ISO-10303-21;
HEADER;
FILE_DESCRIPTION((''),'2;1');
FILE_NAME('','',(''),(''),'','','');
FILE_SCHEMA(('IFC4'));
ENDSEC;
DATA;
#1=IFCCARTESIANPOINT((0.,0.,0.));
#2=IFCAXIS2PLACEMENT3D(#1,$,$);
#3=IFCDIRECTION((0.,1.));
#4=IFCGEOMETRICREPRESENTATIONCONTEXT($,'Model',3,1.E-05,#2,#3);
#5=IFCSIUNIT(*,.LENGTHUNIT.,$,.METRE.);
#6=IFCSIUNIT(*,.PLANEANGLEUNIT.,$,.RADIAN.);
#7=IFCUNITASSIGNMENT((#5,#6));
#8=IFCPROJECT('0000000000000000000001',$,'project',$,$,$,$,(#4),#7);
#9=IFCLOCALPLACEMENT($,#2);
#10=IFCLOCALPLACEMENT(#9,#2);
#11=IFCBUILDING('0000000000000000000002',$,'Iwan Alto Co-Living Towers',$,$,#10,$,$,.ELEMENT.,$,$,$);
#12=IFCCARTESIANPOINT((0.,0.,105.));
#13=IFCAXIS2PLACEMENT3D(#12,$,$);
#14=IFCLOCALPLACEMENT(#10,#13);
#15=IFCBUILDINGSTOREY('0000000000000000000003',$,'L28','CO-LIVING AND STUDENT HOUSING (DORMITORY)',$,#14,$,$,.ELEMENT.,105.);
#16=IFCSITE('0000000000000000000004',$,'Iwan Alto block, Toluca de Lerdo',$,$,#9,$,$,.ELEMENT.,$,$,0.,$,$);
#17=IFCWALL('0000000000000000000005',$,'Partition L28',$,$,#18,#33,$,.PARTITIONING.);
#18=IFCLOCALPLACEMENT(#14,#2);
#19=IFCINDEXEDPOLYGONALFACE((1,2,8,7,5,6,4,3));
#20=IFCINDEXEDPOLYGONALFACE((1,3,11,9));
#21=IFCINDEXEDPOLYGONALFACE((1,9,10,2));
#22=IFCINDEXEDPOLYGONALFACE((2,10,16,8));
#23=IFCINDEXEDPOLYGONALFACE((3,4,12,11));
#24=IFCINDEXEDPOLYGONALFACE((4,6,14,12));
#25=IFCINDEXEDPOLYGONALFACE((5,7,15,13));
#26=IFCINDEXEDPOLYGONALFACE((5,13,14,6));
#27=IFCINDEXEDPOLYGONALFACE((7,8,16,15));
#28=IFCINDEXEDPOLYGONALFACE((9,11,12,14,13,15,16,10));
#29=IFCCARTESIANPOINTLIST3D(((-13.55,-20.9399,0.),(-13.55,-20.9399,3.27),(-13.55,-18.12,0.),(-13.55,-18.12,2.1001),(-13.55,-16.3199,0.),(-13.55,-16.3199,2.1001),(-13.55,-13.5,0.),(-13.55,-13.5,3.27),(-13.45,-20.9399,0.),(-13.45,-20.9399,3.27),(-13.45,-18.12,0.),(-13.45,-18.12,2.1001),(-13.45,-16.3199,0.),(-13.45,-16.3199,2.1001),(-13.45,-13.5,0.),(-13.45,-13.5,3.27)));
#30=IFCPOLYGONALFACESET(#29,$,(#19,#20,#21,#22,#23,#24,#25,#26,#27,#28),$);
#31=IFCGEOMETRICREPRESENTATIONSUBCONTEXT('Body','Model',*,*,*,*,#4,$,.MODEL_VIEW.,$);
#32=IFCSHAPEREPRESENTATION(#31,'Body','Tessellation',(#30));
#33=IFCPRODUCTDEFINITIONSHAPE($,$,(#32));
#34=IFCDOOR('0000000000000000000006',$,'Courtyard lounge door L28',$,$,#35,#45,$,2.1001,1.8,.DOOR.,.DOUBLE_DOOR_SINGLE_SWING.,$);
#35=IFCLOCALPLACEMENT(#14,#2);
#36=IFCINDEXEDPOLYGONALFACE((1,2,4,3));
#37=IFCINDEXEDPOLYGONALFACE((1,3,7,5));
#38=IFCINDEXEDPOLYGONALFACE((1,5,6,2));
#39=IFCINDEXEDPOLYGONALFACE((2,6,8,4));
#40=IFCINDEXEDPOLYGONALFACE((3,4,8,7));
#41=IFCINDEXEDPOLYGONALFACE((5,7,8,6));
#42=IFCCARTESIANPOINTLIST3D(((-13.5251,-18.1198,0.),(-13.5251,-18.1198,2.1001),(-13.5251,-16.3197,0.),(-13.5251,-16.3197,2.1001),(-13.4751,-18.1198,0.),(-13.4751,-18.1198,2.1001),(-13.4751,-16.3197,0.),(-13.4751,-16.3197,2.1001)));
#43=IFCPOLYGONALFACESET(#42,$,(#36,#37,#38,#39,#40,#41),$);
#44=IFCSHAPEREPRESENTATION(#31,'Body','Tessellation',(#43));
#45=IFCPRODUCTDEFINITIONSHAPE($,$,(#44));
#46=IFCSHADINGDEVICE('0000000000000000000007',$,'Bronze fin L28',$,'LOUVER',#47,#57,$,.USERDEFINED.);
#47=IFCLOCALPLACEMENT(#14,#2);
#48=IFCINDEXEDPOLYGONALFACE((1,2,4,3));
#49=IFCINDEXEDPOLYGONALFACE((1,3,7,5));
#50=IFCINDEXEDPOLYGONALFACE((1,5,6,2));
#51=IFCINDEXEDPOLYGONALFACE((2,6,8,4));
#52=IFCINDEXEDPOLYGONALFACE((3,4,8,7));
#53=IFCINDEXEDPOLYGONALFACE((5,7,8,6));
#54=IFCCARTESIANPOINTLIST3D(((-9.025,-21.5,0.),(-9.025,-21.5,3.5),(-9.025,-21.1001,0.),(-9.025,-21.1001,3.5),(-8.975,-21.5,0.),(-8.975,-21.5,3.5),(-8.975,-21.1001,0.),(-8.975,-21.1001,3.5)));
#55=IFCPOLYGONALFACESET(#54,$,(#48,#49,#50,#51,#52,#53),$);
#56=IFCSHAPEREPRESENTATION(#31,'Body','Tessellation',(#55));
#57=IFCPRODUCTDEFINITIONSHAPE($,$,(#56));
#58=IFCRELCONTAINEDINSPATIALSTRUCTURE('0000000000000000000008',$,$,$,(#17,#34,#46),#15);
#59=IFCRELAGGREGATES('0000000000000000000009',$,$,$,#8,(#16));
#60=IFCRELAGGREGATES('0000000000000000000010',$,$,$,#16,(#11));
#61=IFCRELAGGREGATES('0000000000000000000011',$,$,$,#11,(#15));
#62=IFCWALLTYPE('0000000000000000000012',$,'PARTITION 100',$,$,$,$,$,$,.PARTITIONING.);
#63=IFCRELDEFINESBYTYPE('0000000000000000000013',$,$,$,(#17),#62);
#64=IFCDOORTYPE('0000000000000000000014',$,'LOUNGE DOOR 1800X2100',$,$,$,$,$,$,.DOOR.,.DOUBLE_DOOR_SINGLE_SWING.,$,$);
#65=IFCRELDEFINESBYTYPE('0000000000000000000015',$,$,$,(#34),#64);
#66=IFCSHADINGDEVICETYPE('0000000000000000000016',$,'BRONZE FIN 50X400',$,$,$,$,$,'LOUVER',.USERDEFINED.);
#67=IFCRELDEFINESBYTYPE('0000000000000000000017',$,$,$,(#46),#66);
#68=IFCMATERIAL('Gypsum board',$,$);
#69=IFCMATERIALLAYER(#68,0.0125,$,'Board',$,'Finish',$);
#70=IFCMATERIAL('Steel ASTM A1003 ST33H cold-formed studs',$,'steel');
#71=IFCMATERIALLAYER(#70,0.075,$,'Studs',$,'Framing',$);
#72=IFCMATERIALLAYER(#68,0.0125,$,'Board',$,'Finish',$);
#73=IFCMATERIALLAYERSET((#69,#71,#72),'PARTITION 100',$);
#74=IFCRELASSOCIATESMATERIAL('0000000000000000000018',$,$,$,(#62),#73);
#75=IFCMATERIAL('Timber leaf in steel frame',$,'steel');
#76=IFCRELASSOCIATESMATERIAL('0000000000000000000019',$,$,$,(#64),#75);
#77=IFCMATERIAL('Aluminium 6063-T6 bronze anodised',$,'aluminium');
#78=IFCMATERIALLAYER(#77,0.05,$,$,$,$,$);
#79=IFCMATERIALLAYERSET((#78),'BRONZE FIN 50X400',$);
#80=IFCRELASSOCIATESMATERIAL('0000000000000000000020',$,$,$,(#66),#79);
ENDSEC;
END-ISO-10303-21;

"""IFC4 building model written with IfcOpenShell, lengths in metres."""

from ifc_helpers import new_model, si_unit, direction, frame, frame_2d, origin, origin_2d, place, context, subcontext, project, spatial, rectangle, extrude, material, layer, layer_set, type_object, element, fill, save


model = new_model("IFC4")

# Units and contexts
model_context = context("Model", 3, precision=1e-05, world=origin(), true_north=direction((0.0, 1.0)))
body_context = subcontext(model_context, "Body", "Model", "MODEL_VIEW")
ifc_project = project(units=[si_unit("LENGTHUNIT", "METRE"), si_unit("PLANEANGLEUNIT", "RADIAN")], contexts=[model_context])

# Site, building, storey
site_placement = place(None, origin())
site = spatial("IfcSite", under=ifc_project, at=site_placement, Name="Iwan Alto block, Toluca de Lerdo", CompositionType="ELEMENT", RefElevation=0.0)
building_placement = place(site_placement, origin())
building = spatial("IfcBuilding", under=site, at=building_placement, Name="Iwan Alto Co-Living Towers", CompositionType="ELEMENT")
storey_placement = place(building_placement, frame((0.0, 0.0, 105.0)))
storey = spatial("IfcBuildingStorey", under=building, at=storey_placement, Name="L28", Description="CO-LIVING AND STUDENT HOUSING (DORMITORY)", CompositionType="ELEMENT", Elevation=105.0)

# Shared definitions
ifc_material_1 = material(Name="Gypsum board")
ifc_layer_1 = layer(ifc_material_1, 0.0125, Name="Board", Category="Finish")
ifc_material_2 = material(Name="Steel ASTM A1003 ST33H cold-formed studs", Category="steel")
ifc_layer_2 = layer(ifc_material_2, 0.075, Name="Studs", Category="Framing")
ifc_layer_3 = layer(ifc_material_1, 0.0125, Name="Board", Category="Finish")
ifc_layer_set_1 = layer_set([ifc_layer_1, ifc_layer_2, ifc_layer_3], Name="PARTITION 100")
wall_type = type_object("IfcWallType", Name="PARTITION 100", PredefinedType="PARTITIONING", material=ifc_layer_set_1)

# Wall, opening, door
wall_1_placement = place(storey_placement, frame((-13.5, -20.9399, 0.0), z_axis=(0.0, 0.0, 1.0), x_axis=(0.0, 1.0, 0.0)))
wall_1 = element("IfcWall", 1, at=wall_1_placement, inside=storey, type_object=wall_type, Name="Partition L28", PredefinedType="PARTITIONING", context=body_context, shape_type="SweptSolid", body=[
    extrude(rectangle(XDim=7.4399, YDim=0.1001, at=frame_2d((3.72, 0.0))), origin(), (0.0, 0.0, 1.0), 3.27),
])
opening_1_placement = place(wall_1_placement, frame((2.8201, 0.0, 0.0)))
opening_1 = element("IfcOpeningElement", 2, at=opening_1_placement, cuts=wall_1, PredefinedType="OPENING", context=body_context, shape_type="SweptSolid", body=[
    extrude(rectangle(XDim=1.8, YDim=2.1001, at=frame_2d((0.8999, 1.05))), frame((0.0, 0.0601, 0.0), z_axis=(0.0, -1.0, 0.0), x_axis=(1.0, 0.0, 0.0)), (0.0, 0.0, 1.0), 0.1201),
])
ifc_material_3 = material(Name="Timber leaf in steel frame", Category="steel")
door_type_1 = type_object("IfcDoorType", Name="LOUNGE DOOR 1800X2100", OperationType="DOUBLE_DOOR_SINGLE_SWING", PredefinedType="DOOR", material=ifc_material_3)
door_1_placement = place(opening_1_placement, frame((1.8, 0.0, 0.0), z_axis=(0.0, 0.0, 1.0), x_axis=(-1.0, 0.0, 0.0)))
door_1 = element("IfcDoor", 3, at=door_1_placement, inside=storey, type_object=door_type_1, Name="Courtyard lounge door L28", OperationType="DOUBLE_DOOR_SINGLE_SWING", OverallHeight=2.1001, OverallWidth=1.8, PredefinedType="DOOR", context=body_context, shape_type="SweptSolid", body=[
    extrude(rectangle(XDim=1.8, YDim=2.1001, at=frame_2d((0.8999, 1.05))), frame((0.0, 0.0249, 0.0), z_axis=(0.0, -1.0, 0.0), x_axis=(1.0, 0.0, 0.0)), (0.0, 0.0, 1.0), 0.05),
])
fill(opening_1, door_1)

# Shading device
ifc_material_4 = material(Name="Aluminium 6063-T6 bronze anodised", Category="aluminium")
ifc_layer_4 = layer(ifc_material_4, 0.05)
ifc_layer_set_2 = layer_set([ifc_layer_4], Name="BRONZE FIN 50X400")
shading_device_type = type_object("IfcShadingDeviceType", Name="BRONZE FIN 50X400", ElementType="LOUVER", PredefinedType="USERDEFINED", material=ifc_layer_set_2)
shading_device_placement = place(storey_placement, frame((-9.0, -21.3, 0.0), z_axis=(0.0, 0.0, 1.0), x_axis=(1.0, 0.0, 0.0)))
element("IfcShadingDevice", 4, at=shading_device_placement, inside=storey, type_object=shading_device_type, Name="Bronze fin L28", ObjectType="LOUVER", PredefinedType="USERDEFINED", context=body_context, shape_type="SweptSolid", body=[
    extrude(rectangle(XDim=0.05, YDim=0.3999, at=origin_2d()), origin(), (0.0, 0.0, 1.0), 3.5),
])

save(model, "model.ifc")
